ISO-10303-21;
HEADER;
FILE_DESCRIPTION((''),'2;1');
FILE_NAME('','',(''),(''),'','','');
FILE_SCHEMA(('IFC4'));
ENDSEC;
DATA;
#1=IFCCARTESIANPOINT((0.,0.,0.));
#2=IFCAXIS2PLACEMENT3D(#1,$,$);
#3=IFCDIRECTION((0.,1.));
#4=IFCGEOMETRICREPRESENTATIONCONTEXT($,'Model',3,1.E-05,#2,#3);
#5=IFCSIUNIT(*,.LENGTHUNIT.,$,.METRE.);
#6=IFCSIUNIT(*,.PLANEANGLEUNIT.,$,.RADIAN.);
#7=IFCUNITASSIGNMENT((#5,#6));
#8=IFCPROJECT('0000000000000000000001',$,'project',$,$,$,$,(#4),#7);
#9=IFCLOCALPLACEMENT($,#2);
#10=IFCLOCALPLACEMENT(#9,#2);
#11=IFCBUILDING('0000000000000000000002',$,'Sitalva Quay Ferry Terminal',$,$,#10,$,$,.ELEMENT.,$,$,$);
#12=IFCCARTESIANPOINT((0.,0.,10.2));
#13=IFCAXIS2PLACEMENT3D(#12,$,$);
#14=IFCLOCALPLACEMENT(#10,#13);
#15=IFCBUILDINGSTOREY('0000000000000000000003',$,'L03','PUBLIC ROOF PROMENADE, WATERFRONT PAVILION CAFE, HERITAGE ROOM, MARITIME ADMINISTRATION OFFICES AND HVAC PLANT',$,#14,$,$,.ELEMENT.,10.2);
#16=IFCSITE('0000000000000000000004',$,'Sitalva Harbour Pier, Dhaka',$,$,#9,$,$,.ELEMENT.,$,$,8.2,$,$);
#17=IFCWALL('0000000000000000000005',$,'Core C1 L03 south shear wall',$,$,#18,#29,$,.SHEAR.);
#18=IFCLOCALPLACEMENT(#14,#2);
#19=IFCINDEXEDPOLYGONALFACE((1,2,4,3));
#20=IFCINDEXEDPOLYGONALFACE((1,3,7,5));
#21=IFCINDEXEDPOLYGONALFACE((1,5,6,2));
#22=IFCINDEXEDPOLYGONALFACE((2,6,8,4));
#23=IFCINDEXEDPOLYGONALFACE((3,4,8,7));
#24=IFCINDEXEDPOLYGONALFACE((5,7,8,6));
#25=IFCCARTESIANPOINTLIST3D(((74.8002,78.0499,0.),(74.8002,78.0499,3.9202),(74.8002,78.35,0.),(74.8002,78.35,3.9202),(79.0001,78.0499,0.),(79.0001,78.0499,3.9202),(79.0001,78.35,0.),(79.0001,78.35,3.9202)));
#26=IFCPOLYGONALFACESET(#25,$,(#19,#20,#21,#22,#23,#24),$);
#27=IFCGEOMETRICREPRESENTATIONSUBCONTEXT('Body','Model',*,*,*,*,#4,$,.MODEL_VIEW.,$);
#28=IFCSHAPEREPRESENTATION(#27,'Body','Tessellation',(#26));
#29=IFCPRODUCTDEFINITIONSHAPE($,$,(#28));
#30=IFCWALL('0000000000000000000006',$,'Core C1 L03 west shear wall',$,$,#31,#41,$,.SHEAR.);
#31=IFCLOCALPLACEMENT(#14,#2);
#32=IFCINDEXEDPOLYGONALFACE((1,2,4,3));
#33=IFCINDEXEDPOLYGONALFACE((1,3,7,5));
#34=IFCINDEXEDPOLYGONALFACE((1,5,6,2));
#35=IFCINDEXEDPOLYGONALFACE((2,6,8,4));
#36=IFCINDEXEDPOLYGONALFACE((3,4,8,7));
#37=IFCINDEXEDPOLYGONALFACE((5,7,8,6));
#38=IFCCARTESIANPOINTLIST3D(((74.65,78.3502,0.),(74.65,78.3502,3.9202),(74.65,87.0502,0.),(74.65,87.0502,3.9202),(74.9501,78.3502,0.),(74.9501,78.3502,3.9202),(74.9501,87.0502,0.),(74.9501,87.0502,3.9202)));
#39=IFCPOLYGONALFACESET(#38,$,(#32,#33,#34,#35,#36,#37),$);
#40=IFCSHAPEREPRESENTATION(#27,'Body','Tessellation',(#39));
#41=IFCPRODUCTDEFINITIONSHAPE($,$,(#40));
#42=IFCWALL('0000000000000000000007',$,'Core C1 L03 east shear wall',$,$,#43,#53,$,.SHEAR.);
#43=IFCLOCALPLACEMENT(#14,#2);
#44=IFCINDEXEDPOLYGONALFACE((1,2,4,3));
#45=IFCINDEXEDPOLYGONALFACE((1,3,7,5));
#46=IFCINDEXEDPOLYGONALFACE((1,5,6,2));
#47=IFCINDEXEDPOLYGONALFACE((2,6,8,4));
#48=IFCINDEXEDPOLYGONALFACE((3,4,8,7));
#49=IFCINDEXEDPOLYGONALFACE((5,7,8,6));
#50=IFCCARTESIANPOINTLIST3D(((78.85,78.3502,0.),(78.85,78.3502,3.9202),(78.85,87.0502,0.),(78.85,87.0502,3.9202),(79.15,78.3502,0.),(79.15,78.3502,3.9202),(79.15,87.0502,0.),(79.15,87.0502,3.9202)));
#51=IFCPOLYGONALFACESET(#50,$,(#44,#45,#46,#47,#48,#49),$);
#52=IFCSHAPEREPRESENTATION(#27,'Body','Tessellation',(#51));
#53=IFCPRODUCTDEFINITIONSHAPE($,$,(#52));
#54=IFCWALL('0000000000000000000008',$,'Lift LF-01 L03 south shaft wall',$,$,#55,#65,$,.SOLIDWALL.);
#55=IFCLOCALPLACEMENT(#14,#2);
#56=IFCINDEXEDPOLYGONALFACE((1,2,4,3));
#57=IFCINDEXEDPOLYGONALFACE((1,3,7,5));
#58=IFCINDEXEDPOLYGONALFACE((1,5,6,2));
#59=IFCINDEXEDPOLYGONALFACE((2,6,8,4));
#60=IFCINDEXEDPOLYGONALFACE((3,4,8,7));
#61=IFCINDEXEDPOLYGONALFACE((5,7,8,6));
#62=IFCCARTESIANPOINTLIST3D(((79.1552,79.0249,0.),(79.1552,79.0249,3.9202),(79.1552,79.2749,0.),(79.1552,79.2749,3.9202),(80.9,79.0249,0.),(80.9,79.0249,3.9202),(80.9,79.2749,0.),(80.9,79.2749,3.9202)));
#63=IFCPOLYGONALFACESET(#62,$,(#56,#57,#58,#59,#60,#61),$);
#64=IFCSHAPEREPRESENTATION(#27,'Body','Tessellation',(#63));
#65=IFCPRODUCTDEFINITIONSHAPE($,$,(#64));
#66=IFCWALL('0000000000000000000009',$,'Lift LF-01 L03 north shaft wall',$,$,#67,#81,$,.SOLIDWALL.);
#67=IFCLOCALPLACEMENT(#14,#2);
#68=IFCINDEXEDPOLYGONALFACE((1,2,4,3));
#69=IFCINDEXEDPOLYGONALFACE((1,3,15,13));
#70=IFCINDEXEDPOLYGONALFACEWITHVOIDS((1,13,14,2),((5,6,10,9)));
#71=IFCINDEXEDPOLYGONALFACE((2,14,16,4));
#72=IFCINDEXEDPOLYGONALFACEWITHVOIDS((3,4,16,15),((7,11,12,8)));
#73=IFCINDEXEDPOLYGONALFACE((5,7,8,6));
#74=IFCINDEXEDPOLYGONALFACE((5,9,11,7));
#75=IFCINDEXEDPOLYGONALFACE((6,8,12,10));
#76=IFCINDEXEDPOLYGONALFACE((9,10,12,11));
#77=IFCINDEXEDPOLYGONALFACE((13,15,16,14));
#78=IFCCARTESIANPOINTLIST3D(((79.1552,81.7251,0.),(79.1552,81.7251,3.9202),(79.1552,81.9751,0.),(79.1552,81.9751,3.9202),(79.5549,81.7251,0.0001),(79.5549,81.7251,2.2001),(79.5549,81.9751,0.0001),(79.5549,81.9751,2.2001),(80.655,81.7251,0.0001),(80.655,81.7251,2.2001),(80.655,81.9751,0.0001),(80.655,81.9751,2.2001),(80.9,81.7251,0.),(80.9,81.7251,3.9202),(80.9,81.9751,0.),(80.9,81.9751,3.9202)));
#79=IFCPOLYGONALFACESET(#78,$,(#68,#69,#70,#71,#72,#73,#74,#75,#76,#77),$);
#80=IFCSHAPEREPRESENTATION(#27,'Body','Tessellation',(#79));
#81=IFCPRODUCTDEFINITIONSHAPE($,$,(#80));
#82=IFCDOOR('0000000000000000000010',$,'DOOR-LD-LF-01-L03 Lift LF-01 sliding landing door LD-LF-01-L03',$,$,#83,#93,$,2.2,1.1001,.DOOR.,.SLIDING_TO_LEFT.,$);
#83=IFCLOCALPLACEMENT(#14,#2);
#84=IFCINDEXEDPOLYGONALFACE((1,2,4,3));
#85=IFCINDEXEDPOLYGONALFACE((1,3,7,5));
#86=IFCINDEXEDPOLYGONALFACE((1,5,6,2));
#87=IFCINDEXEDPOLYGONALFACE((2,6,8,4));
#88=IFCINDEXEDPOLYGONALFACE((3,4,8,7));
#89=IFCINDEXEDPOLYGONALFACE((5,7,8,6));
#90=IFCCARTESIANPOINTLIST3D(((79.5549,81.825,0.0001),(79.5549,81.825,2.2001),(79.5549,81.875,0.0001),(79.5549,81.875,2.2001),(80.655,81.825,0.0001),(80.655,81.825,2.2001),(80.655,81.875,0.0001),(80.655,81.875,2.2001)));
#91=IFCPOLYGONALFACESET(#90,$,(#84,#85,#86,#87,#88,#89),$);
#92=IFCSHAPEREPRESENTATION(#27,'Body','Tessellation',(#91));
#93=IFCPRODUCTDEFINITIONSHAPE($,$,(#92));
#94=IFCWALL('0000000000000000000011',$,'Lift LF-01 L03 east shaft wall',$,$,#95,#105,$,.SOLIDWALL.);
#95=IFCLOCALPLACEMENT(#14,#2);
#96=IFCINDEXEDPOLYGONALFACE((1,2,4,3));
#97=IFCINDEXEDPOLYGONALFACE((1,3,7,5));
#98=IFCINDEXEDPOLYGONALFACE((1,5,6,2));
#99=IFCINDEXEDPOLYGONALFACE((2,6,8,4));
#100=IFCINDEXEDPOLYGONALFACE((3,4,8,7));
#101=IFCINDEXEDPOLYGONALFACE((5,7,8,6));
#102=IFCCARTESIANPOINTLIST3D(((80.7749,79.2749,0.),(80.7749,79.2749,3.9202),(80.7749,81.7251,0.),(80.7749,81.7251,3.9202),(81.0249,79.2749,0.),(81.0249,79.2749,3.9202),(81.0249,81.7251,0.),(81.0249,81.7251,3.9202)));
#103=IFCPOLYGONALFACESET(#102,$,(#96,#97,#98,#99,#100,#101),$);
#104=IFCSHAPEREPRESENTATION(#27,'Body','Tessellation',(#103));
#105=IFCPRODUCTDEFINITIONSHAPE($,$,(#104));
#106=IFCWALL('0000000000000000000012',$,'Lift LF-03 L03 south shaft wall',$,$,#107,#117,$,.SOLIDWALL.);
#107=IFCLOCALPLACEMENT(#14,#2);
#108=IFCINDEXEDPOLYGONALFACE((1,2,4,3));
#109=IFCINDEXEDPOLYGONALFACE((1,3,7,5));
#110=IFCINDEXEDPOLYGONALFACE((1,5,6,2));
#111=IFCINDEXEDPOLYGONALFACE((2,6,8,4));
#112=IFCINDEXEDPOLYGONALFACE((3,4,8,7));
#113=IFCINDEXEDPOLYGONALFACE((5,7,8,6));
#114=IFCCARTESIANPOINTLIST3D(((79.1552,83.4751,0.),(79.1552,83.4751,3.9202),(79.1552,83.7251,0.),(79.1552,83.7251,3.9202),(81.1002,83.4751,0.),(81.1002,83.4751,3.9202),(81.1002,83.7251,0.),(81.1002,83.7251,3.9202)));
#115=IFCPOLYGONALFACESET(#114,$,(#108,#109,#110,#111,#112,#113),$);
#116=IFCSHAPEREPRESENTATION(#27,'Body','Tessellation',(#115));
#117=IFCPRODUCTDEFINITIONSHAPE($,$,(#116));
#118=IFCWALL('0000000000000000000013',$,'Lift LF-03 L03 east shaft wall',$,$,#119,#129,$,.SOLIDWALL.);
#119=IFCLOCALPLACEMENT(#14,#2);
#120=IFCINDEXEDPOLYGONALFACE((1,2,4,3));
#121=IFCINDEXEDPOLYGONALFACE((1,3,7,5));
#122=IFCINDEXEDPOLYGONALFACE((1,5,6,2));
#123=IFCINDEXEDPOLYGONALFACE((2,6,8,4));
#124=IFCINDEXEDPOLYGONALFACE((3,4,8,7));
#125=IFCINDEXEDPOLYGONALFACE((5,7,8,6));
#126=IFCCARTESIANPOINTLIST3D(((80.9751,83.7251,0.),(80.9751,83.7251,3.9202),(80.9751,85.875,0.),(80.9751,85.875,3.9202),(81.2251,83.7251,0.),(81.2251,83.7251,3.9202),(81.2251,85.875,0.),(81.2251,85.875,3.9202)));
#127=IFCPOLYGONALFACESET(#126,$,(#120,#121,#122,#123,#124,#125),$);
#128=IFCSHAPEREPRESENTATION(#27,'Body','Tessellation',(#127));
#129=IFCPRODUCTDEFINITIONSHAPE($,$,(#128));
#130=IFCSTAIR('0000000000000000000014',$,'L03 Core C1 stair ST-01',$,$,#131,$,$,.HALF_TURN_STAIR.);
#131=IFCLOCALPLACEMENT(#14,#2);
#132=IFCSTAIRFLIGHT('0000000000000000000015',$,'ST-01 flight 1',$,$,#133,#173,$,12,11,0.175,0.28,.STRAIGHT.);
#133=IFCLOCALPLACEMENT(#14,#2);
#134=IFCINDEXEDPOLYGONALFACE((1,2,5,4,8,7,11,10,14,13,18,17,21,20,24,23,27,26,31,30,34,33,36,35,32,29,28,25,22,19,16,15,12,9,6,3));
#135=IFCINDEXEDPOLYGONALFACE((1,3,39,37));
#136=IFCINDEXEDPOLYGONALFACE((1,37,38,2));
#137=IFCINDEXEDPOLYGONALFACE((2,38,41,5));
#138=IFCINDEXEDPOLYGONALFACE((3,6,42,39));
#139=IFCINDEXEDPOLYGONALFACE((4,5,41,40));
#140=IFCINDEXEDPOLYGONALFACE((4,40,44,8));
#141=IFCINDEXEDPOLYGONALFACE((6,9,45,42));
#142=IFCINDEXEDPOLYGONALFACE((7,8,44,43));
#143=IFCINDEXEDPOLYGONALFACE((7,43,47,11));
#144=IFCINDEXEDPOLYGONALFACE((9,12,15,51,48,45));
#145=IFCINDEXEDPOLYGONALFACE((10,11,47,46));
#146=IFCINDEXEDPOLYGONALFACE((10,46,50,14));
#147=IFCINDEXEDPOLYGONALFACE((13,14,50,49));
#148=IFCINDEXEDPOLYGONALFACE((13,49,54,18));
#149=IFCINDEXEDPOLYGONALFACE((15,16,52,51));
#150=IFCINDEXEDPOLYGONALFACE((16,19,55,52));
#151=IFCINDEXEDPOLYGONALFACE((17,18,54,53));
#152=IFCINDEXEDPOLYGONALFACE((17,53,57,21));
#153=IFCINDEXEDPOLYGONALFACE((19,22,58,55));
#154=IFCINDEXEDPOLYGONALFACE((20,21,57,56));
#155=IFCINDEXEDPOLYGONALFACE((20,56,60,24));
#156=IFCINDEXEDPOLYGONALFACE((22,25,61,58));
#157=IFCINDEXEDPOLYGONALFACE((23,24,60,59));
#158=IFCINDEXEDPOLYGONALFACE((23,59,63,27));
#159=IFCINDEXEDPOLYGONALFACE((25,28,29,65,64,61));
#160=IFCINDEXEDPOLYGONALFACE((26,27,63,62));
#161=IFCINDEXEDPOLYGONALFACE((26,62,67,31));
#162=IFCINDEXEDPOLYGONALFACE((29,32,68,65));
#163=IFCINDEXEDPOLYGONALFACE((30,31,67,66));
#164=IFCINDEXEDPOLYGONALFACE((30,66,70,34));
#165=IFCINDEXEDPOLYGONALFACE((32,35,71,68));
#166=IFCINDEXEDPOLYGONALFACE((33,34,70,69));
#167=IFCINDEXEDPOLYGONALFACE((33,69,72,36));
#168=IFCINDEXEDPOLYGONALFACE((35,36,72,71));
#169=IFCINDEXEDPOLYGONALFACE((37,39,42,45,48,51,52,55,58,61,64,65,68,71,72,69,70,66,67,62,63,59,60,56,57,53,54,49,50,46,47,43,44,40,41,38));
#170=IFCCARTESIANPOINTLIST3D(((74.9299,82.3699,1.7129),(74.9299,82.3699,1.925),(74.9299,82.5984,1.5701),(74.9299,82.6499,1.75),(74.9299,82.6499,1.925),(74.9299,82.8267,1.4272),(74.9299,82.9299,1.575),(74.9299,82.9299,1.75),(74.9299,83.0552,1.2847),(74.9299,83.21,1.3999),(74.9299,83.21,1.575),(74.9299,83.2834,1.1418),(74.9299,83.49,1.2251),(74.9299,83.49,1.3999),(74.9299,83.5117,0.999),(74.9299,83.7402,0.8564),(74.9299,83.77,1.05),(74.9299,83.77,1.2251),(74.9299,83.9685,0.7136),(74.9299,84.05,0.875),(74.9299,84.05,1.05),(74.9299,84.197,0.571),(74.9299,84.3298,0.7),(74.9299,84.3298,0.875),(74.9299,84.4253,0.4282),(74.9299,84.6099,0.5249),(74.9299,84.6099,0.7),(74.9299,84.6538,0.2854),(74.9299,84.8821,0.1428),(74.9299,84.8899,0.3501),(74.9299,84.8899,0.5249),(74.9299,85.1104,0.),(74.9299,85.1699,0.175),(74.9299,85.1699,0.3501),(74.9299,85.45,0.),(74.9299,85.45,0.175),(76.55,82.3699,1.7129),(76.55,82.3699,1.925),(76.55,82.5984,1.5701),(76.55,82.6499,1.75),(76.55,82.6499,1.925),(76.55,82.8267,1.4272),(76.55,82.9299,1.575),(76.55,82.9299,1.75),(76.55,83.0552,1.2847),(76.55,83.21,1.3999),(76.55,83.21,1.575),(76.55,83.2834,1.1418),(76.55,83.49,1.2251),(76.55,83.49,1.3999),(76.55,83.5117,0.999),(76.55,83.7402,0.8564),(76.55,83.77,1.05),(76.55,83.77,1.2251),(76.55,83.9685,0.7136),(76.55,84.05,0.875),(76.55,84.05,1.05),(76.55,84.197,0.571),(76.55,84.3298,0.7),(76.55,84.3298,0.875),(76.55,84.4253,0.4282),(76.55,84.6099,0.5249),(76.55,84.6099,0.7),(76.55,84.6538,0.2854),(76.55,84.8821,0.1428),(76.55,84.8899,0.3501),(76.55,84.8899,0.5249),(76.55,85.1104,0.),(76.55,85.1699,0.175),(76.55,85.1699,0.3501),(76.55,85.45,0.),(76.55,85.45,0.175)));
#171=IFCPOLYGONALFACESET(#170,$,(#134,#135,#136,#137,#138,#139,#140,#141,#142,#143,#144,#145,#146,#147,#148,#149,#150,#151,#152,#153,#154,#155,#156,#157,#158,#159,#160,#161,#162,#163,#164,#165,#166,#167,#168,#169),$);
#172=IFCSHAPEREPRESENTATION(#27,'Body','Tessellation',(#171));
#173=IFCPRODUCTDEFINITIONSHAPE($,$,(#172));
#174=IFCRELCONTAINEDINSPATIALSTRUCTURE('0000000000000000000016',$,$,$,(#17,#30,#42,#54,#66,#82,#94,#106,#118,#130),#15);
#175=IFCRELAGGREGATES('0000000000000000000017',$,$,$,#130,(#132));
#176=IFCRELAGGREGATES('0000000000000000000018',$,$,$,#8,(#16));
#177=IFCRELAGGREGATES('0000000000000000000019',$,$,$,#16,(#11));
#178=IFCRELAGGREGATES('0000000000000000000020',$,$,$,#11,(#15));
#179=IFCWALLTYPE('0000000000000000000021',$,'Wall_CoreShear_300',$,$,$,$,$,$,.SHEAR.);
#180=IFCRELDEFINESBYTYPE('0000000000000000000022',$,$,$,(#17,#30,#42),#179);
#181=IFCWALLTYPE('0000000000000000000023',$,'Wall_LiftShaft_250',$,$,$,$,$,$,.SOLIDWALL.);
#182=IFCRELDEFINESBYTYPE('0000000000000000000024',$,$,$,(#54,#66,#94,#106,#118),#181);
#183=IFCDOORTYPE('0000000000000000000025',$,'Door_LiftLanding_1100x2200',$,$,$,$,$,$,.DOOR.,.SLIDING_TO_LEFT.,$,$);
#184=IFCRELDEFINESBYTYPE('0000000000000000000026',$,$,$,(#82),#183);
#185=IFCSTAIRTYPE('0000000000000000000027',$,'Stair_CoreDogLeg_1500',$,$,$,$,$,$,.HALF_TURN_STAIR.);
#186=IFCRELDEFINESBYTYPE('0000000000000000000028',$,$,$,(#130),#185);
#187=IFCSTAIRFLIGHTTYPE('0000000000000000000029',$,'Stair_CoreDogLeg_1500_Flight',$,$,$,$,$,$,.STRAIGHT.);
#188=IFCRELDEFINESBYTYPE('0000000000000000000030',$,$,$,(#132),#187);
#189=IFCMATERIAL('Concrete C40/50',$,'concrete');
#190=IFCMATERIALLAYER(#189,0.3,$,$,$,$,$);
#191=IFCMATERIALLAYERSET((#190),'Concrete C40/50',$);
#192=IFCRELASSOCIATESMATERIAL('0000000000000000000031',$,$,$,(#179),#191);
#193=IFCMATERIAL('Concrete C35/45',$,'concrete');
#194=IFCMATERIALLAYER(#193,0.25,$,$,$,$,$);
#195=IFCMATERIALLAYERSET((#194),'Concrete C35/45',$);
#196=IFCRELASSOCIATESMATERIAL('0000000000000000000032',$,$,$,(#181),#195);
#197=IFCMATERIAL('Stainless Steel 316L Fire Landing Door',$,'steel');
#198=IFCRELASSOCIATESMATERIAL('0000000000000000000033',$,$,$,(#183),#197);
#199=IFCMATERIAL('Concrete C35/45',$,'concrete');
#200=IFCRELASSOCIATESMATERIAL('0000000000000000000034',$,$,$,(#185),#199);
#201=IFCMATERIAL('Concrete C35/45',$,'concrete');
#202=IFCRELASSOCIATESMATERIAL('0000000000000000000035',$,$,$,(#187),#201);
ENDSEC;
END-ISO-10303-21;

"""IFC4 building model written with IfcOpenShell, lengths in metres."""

from ifc_helpers import new_model, si_unit, direction, frame, frame_2d, origin, place, context, subcontext, project, spatial, polyline, rectangle, outline, extrude, material, layer, layer_set, type_object, element, fill, aggregate, save


model = new_model("IFC4")

# Units and contexts
model_context = context("Model", 3, precision=1e-05, world=origin(), true_north=direction((0.0, 1.0)))
body_context = subcontext(model_context, "Body", "Model", "MODEL_VIEW")
ifc_project = project(units=[si_unit("LENGTHUNIT", "METRE"), si_unit("PLANEANGLEUNIT", "RADIAN")], contexts=[model_context])

# Site, building, storey
site_placement = place(None, origin())
site = spatial("IfcSite", under=ifc_project, at=site_placement, Name="Sitalva Harbour Pier, Dhaka", CompositionType="ELEMENT", RefElevation=8.2)
building_placement = place(site_placement, origin())
building = spatial("IfcBuilding", under=site, at=building_placement, Name="Sitalva Quay Ferry Terminal", CompositionType="ELEMENT")
storey_placement = place(building_placement, frame((0.0, 0.0, 10.2)))
storey = spatial("IfcBuildingStorey", under=building, at=storey_placement, Name="L03", Description="PUBLIC ROOF PROMENADE, WATERFRONT PAVILION CAFE, HERITAGE ROOM, MARITIME ADMINISTRATION OFFICES AND HVAC PLANT", CompositionType="ELEMENT", Elevation=10.2)

# Walls
ifc_material_1 = material(Name="Concrete C40/50", Category="concrete")
ifc_layer_1 = layer(ifc_material_1, 0.3)
ifc_layer_set_1 = layer_set([ifc_layer_1], Name="Concrete C40/50")
wall_type_1 = type_object("IfcWallType", Name="Wall_CoreShear_300", PredefinedType="SHEAR", material=ifc_layer_set_1)
wall_1_placement = place(storey_placement, frame((74.8, 78.2, 0.0), z_axis=(0.0, 0.0, 1.0), x_axis=(1.0, 0.0, 0.0)))
element("IfcWall", 1, at=wall_1_placement, inside=storey, type_object=wall_type_1, Name="Core C1 L03 south shear wall", PredefinedType="SHEAR", context=body_context, shape_type="SweptSolid", body=[
    extrude(rectangle(XDim=4.2, YDim=0.3, at=frame_2d((2.1001, 0.0))), origin(), (0.0, 0.0, 1.0), 3.9202),
])
for number, where, z_axis, x_axis, name in (
    (2, (74.8, 78.3501, 0.0), (0.0, 0.0, 1.0), (0.0, 1.0, 0.0), "Core C1 L03 west shear wall"),
    (3, (79.0, 78.3501, 0.0), (0.0, 0.0, 1.0), (0.0, 1.0, 0.0), "Core C1 L03 east shear wall"),
):
    element("IfcWall", number, at=place(storey_placement, frame(where, z_axis=z_axis, x_axis=x_axis)), inside=storey, type_object=wall_type_1, Name=name, PredefinedType="SHEAR", context=body_context, shape_type="SweptSolid", body=[
        extrude(rectangle(XDim=8.7, YDim=0.3, at=frame_2d((4.3501, 0.0))), origin(), (0.0, 0.0, 1.0), 3.9202),
    ])
ifc_material_2 = material(Name="Concrete C35/45", Category="concrete")
ifc_layer_2 = layer(ifc_material_2, 0.25)
ifc_layer_set_2 = layer_set([ifc_layer_2], Name="Concrete C35/45")
wall_type_2 = type_object("IfcWallType", Name="Wall_LiftShaft_250", PredefinedType="SOLIDWALL", material=ifc_layer_set_2)
wall_2_placement = place(storey_placement, frame((79.155, 79.1499, 0.0), z_axis=(0.0, 0.0, 1.0), x_axis=(1.0, 0.0, 0.0)))
element("IfcWall", 4, at=wall_2_placement, inside=storey, type_object=wall_type_2, Name="Lift LF-01 L03 south shaft wall", PredefinedType="SOLIDWALL", context=body_context, shape_type="SweptSolid", body=[
    extrude(rectangle(XDim=1.7449, YDim=0.25, at=frame_2d((0.8726, 0.0))), origin(), (0.0, 0.0, 1.0), 3.9202),
])

# Wall, opening, door
wall_3_placement = place(storey_placement, frame((79.155, 81.8501, 0.0), z_axis=(0.0, 0.0, 1.0), x_axis=(1.0, 0.0, 0.0)))
wall_3 = element("IfcWall", 5, at=wall_3_placement, inside=storey, type_object=wall_type_2, Name="Lift LF-01 L03 north shaft wall", PredefinedType="SOLIDWALL", context=body_context, shape_type="SweptSolid", body=[
    extrude(rectangle(XDim=1.7449, YDim=0.25, at=frame_2d((0.8726, 0.0))), origin(), (0.0, 0.0, 1.0), 3.9202),
])
opening_placement = place(wall_3_placement, frame((0.3999, 0.0, 0.0)))
opening = element("IfcOpeningElement", 6, at=opening_placement, cuts=wall_3, PredefinedType="OPENING", context=body_context, shape_type="SweptSolid", body=[
    extrude(rectangle(XDim=1.1001, YDim=2.2, at=frame_2d((0.55, 1.1001))), frame((0.0, 0.135, 0.0), z_axis=(0.0, -1.0, 0.0), x_axis=(1.0, 0.0, 0.0)), (0.0, 0.0, 1.0), 0.27),
])
ifc_material_3 = material(Name="Stainless Steel 316L Fire Landing Door", Category="steel")
door_type = type_object("IfcDoorType", Name="Door_LiftLanding_1100x2200", OperationType="SLIDING_TO_LEFT", PredefinedType="DOOR", material=ifc_material_3)
door_placement = place(opening_placement, origin())
door = element("IfcDoor", 7, at=door_placement, inside=storey, type_object=door_type, Name="DOOR-LD-LF-01-L03 Lift LF-01 sliding landing door LD-LF-01-L03", OperationType="SLIDING_TO_LEFT", OverallHeight=2.2, OverallWidth=1.1001, PredefinedType="DOOR", context=body_context, shape_type="SweptSolid", body=[
    extrude(rectangle(XDim=1.1001, YDim=2.2, at=frame_2d((0.55, 1.1001))), frame((0.0, 0.0249, 0.0), z_axis=(0.0, -1.0, 0.0), x_axis=(1.0, 0.0, 0.0)), (0.0, 0.0, 1.0), 0.05),
])
fill(opening, door)

# Walls
wall_4_placement = place(storey_placement, frame((80.8999, 79.2749, 0.0), z_axis=(0.0, 0.0, 1.0), x_axis=(0.0, 1.0, 0.0)))
element("IfcWall", 8, at=wall_4_placement, inside=storey, type_object=wall_type_2, Name="Lift LF-01 L03 east shaft wall", PredefinedType="SOLIDWALL", context=body_context, shape_type="SweptSolid", body=[
    extrude(rectangle(XDim=2.4502, YDim=0.25, at=frame_2d((1.2251, 0.0))), origin(), (0.0, 0.0, 1.0), 3.9202),
])
wall_5_placement = place(storey_placement, frame((79.155, 83.6001, 0.0), z_axis=(0.0, 0.0, 1.0), x_axis=(1.0, 0.0, 0.0)))
element("IfcWall", 9, at=wall_5_placement, inside=storey, type_object=wall_type_2, Name="Lift LF-03 L03 south shaft wall", PredefinedType="SOLIDWALL", context=body_context, shape_type="SweptSolid", body=[
    extrude(rectangle(XDim=1.9451, YDim=0.25, at=frame_2d((0.9727, 0.0))), origin(), (0.0, 0.0, 1.0), 3.9202),
])
wall_6_placement = place(storey_placement, frame((81.1001, 83.7251, 0.0), z_axis=(0.0, 0.0, 1.0), x_axis=(0.0, 1.0, 0.0)))
element("IfcWall", 10, at=wall_6_placement, inside=storey, type_object=wall_type_2, Name="Lift LF-03 L03 east shaft wall", PredefinedType="SOLIDWALL", context=body_context, shape_type="SweptSolid", body=[
    extrude(rectangle(XDim=2.1499, YDim=0.25, at=frame_2d((1.075, 0.0))), origin(), (0.0, 0.0, 1.0), 3.9202),
])

# Stair, stair flight
ifc_material_4 = material(Name="Concrete C35/45", Category="concrete")
stair_type = type_object("IfcStairType", Name="Stair_CoreDogLeg_1500", PredefinedType="HALF_TURN_STAIR", material=ifc_material_4)
stair_placement = place(storey_placement, origin())
stair = element("IfcStair", 11, at=stair_placement, inside=storey, type_object=stair_type, Name="L03 Core C1 stair ST-01", PredefinedType="HALF_TURN_STAIR")
ifc_material_5 = material(Name="Concrete C35/45", Category="concrete")
stair_flight_type = type_object("IfcStairFlightType", Name="Stair_CoreDogLeg_1500_Flight", PredefinedType="STRAIGHT", material=ifc_material_5)
stair_flight_1_placement = place(storey_placement, frame((75.74, 85.45, 0.0), z_axis=(0.0, 0.0, 1.0), x_axis=(0.0, -1.0, 0.0)))
stair_flight_1 = element("IfcStairFlight", 12, at=stair_flight_1_placement, type_object=stair_flight_type, Name="ST-01 flight 1", NumberOfRisers=12, NumberOfTreads=11, PredefinedType="STRAIGHT", RiserHeight=0.175, TreadLength=0.28, context=body_context, shape_type="SweptSolid", body=[
    extrude(outline(polyline([(0.0, 0.0), (0.0, 0.175), (0.28, 0.175), (0.28, 0.3501), (0.5601, 0.3501), (0.5601, 0.5249), (0.8401, 0.5249), (0.8401, 0.7), (1.1201, 0.7), (1.1201, 0.875), (1.3999, 0.875), (1.3999, 1.05), (1.6799, 1.05), (1.6799, 1.2251), (1.96, 1.2251), (1.96, 1.3999), (2.24, 1.3999), (2.24, 1.575), (2.52, 1.575), (2.52, 1.75), (2.8, 1.75), (2.8, 1.925), (3.0801, 1.925), (3.0801, 2.1001), (3.0801, 1.7129), (2.8516, 1.5701), (2.6233, 1.4272), (2.3948, 1.2847), (2.1665, 1.1418), (1.9382, 0.999), (1.7097, 0.8564), (1.4814, 0.7136), (1.2529, 0.571), (1.0247, 0.4282), (0.7961, 0.2854), (0.5679, 0.1428), (0.3396, 0.0), (0.0, 0.0)])), frame((0.0, 0.8101, 0.0), z_axis=(0.0, -1.0, 0.0), x_axis=(1.0, 0.0, 0.0)), (0.0, 0.0, 1.0), 1.6201),
])
aggregate(stair, [stair_flight_1])

save(model, "model.ifc")
